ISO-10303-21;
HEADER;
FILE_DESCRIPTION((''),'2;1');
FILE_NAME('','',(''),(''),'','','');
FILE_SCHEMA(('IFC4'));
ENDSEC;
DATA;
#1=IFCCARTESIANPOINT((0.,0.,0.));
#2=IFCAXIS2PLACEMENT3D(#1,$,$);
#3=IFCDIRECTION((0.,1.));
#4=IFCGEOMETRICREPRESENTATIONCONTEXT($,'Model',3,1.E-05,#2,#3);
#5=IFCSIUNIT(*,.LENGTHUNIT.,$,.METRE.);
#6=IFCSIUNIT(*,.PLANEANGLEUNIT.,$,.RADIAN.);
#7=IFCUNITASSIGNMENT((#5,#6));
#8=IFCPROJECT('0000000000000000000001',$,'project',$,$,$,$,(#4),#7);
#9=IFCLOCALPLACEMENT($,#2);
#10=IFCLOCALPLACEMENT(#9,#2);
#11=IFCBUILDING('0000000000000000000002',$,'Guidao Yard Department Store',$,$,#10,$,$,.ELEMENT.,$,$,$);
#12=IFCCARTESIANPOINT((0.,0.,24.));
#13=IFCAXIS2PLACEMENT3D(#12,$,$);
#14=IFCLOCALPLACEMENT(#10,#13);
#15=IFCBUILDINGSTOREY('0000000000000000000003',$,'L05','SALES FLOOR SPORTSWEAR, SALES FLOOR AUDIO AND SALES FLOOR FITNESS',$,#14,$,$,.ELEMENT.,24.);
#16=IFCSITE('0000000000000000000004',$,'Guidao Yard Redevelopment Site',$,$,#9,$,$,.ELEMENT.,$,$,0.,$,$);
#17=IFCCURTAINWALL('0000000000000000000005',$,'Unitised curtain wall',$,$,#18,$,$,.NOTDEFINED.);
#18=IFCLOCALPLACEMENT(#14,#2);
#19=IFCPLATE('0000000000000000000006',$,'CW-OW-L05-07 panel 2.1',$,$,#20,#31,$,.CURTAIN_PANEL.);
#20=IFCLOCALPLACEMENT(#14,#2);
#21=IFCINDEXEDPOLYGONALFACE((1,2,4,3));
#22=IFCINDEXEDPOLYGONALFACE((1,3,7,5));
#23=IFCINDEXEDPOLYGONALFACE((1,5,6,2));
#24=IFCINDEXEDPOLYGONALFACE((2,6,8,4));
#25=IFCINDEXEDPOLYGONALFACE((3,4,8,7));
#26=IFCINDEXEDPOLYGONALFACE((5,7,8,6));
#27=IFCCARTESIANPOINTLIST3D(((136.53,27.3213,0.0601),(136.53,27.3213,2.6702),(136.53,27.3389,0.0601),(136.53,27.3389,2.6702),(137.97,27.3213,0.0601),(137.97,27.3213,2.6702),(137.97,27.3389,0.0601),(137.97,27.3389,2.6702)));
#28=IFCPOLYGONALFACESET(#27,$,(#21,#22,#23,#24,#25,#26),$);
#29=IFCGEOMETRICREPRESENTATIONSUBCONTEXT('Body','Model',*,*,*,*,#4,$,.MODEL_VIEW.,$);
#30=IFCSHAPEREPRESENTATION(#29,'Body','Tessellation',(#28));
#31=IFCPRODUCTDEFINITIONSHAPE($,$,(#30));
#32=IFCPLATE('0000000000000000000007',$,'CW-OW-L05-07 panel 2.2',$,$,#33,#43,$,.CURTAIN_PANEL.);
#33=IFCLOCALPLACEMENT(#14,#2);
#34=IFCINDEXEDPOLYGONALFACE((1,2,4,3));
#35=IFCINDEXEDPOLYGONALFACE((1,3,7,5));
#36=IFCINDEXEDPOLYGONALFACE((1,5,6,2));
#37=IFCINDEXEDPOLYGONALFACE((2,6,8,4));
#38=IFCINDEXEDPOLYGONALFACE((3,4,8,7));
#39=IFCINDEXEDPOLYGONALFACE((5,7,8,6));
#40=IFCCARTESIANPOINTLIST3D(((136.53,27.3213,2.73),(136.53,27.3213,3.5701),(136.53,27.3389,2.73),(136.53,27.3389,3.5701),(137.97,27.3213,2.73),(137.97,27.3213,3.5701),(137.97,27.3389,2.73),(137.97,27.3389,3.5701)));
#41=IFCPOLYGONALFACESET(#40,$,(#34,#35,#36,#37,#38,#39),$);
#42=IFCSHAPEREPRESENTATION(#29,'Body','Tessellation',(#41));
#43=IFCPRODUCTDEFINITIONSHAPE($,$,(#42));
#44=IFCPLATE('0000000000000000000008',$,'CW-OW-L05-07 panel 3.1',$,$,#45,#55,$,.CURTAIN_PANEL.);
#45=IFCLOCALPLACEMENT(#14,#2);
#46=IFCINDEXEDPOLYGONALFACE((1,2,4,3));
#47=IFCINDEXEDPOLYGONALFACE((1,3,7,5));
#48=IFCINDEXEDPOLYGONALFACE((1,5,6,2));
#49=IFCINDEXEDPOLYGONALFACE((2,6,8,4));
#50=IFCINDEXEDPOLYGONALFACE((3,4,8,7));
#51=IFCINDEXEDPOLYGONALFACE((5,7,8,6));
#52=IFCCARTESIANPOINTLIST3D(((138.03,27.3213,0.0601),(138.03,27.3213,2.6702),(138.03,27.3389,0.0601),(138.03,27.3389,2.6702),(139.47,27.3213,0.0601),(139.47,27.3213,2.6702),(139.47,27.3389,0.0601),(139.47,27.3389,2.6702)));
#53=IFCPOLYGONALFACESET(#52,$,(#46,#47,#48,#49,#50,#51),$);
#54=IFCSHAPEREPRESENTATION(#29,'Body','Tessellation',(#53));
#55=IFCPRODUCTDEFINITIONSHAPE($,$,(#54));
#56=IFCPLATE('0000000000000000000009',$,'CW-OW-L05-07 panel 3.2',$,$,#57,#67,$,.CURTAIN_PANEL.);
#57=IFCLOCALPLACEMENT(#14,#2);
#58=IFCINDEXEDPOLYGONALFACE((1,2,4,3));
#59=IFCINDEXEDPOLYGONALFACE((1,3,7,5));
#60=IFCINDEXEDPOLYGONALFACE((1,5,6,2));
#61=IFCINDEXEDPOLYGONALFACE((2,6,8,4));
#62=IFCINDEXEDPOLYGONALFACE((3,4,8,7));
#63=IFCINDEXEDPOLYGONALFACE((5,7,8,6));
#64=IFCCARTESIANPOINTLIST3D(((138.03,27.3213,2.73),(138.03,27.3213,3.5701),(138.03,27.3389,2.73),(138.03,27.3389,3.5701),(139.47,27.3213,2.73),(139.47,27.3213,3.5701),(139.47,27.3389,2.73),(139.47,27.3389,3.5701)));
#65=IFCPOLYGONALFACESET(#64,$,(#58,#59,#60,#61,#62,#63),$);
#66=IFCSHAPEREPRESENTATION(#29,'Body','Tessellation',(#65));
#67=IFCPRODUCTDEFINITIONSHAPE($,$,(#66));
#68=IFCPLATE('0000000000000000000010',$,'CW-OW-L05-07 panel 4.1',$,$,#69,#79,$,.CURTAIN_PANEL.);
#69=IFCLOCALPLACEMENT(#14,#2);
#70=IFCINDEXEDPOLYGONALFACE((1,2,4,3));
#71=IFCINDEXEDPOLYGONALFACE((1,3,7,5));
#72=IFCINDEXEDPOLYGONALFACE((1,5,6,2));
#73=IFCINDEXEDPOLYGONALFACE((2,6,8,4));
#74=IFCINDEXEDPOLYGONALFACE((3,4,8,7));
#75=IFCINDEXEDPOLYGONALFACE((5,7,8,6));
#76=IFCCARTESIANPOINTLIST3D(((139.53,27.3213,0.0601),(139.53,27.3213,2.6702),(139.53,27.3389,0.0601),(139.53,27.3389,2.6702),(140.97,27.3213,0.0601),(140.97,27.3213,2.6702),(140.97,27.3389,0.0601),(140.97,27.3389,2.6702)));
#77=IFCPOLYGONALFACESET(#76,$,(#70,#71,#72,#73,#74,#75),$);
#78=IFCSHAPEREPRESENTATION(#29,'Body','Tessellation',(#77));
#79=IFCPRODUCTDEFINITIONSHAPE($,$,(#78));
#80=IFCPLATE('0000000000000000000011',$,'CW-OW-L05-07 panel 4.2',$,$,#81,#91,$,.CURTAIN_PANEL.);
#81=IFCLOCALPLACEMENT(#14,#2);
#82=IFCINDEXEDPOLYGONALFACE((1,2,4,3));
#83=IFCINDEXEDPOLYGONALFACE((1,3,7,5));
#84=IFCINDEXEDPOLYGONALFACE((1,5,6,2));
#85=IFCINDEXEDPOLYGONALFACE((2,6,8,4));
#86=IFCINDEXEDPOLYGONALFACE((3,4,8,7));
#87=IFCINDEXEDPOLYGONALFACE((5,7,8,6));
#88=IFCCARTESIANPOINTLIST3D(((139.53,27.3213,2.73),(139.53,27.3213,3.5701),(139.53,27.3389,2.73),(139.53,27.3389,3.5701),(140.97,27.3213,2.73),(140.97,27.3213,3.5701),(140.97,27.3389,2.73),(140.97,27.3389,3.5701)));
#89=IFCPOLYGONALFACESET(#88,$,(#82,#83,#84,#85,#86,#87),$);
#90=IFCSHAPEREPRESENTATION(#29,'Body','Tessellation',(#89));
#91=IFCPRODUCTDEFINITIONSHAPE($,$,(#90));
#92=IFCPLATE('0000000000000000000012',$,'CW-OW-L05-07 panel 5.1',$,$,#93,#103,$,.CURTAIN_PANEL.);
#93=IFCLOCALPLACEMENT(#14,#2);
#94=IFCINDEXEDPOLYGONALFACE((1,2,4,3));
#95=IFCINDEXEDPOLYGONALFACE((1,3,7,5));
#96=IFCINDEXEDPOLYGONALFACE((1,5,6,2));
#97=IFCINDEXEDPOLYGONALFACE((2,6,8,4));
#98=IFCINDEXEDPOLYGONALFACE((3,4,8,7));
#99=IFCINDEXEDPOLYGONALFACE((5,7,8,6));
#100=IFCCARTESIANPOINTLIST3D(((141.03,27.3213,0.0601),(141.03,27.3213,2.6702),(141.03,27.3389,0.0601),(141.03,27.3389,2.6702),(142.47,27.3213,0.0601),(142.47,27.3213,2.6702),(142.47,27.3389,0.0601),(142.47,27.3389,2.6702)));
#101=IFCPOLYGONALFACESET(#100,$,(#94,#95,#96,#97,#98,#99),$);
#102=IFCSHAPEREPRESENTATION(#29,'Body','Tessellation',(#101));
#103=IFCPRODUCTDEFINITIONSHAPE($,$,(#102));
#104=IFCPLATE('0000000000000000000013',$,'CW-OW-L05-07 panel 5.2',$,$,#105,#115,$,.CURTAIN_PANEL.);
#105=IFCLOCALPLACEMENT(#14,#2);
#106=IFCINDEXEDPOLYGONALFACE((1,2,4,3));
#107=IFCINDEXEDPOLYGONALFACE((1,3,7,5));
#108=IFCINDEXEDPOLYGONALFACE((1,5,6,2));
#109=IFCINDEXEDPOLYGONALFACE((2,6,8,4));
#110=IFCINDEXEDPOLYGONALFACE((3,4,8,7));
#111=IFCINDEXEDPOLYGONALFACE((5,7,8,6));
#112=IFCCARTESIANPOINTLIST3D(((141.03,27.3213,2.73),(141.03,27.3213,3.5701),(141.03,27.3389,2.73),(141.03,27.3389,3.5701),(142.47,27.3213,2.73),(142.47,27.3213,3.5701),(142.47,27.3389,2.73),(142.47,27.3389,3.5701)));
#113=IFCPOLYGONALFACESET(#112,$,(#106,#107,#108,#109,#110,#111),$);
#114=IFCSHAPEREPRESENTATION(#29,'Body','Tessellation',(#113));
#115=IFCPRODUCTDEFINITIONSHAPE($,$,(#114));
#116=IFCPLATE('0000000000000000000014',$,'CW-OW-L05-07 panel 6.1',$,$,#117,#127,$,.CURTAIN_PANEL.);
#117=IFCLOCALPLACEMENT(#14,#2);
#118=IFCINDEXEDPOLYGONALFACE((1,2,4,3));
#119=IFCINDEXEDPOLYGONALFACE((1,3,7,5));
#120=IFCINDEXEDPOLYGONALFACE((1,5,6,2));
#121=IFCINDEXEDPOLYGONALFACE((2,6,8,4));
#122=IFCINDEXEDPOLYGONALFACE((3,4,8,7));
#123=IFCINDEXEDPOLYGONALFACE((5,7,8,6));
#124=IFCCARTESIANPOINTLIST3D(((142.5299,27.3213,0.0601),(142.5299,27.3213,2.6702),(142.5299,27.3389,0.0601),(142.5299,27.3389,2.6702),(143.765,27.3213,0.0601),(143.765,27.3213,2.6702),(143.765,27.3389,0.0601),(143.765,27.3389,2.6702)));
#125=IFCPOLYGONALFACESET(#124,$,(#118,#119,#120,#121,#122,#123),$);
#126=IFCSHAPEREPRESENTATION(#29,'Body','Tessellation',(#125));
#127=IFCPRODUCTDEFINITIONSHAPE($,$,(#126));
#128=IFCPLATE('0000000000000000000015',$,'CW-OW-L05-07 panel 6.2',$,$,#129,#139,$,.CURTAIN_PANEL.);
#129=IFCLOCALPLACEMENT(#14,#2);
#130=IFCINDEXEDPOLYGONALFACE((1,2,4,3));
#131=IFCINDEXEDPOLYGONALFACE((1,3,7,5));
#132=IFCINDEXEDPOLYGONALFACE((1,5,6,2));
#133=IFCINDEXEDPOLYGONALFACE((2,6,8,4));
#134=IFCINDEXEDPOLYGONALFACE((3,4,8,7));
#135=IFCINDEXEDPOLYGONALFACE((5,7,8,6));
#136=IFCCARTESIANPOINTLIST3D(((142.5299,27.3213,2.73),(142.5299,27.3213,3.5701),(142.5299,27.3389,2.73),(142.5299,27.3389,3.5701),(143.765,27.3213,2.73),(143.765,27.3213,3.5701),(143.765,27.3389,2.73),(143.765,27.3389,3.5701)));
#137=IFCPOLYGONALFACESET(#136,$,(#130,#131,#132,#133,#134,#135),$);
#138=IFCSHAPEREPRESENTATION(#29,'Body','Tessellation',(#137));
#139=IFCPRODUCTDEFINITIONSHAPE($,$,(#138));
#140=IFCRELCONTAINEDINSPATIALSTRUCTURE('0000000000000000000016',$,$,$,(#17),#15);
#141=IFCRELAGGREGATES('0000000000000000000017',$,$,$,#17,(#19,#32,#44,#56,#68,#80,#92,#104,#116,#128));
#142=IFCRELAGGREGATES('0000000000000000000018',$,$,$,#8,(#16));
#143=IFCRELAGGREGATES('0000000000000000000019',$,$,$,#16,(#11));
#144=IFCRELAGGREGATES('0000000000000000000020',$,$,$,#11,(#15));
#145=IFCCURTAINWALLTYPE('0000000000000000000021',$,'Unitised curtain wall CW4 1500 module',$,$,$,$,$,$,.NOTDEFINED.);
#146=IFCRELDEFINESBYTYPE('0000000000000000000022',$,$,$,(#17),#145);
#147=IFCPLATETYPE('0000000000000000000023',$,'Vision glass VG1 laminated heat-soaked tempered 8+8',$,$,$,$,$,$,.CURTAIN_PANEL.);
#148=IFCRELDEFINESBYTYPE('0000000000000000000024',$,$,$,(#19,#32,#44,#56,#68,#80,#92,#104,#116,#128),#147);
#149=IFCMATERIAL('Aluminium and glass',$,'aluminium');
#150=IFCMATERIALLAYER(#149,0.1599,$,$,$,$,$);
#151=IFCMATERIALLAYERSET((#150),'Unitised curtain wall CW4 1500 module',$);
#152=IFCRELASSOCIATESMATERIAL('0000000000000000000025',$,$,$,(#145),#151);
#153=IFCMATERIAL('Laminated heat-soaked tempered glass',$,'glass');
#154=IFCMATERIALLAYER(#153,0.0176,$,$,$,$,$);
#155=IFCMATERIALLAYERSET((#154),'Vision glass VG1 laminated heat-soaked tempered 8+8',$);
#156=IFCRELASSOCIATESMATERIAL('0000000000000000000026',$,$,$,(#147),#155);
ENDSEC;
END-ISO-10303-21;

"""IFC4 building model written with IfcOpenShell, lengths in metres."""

from ifc_helpers import new_model, si_unit, direction, frame, origin, origin_2d, place, context, subcontext, project, spatial, rectangle, extrude, material, layer, layer_set, type_object, element, aggregate, save


model = new_model("IFC4")

# Units and contexts
model_context = context("Model", 3, precision=1e-05, world=origin(), true_north=direction((0.0, 1.0)))
body_context = subcontext(model_context, "Body", "Model", "MODEL_VIEW")
ifc_project = project(units=[si_unit("LENGTHUNIT", "METRE"), si_unit("PLANEANGLEUNIT", "RADIAN")], contexts=[model_context])

# Site, building, storey
site_placement = place(None, origin())
site = spatial("IfcSite", under=ifc_project, at=site_placement, Name="Guidao Yard Redevelopment Site", CompositionType="ELEMENT", RefElevation=0.0)
building_placement = place(site_placement, origin())
building = spatial("IfcBuilding", under=site, at=building_placement, Name="Guidao Yard Department Store", CompositionType="ELEMENT")
storey_placement = place(building_placement, frame((0.0, 0.0, 24.0)))
storey = spatial("IfcBuildingStorey", under=building, at=storey_placement, Name="L05", Description="SALES FLOOR SPORTSWEAR, SALES FLOOR AUDIO AND SALES FLOOR FITNESS", CompositionType="ELEMENT", Elevation=24.0)

# Curtain wall, plates
ifc_material_1 = material(Name="Aluminium and glass", Category="aluminium")
ifc_layer_1 = layer(ifc_material_1, 0.1599)
ifc_layer_set_1 = layer_set([ifc_layer_1], Name="Unitised curtain wall CW4 1500 module")
curtain_wall_type = type_object("IfcCurtainWallType", Name="Unitised curtain wall CW4 1500 module", PredefinedType="NOTDEFINED", material=ifc_layer_set_1)
curtain_wall_placement = place(storey_placement, origin())
curtain_wall = element("IfcCurtainWall", 1, at=curtain_wall_placement, inside=storey, type_object=curtain_wall_type, Name="Unitised curtain wall", PredefinedType="NOTDEFINED")
ifc_material_2 = material(Name="Laminated heat-soaked tempered glass", Category="glass")
ifc_layer_2 = layer(ifc_material_2, 0.0176)
ifc_layer_set_2 = layer_set([ifc_layer_2], Name="Vision glass VG1 laminated heat-soaked tempered 8+8")
plate_type_1 = type_object("IfcPlateType", Name="Vision glass VG1 laminated heat-soaked tempered 8+8", PredefinedType="CURTAIN_PANEL", material=ifc_layer_set_2)
plate_1_placement = place(storey_placement, frame((137.25, 27.3301, 0.0601), z_axis=(0.0, 0.0, 1.0), x_axis=(1.0, 0.0, 0.0)))
plate_1 = element("IfcPlate", 2, at=plate_1_placement, type_object=plate_type_1, Name="CW-OW-L05-07 panel 2.1", PredefinedType="CURTAIN_PANEL", context=body_context, shape_type="SweptSolid", body=[
    extrude(rectangle(XDim=1.4399, YDim=0.0176, at=origin_2d()), origin(), (0.0, 0.0, 1.0), 2.6101),
])
plate_2_placement = place(storey_placement, frame((137.25, 27.3301, 2.73), z_axis=(0.0, 0.0, 1.0), x_axis=(1.0, 0.0, 0.0)))
plate_2 = element("IfcPlate", 3, at=plate_2_placement, type_object=plate_type_1, Name="CW-OW-L05-07 panel 2.2", PredefinedType="CURTAIN_PANEL", context=body_context, shape_type="SweptSolid", body=[
    extrude(rectangle(XDim=1.4399, YDim=0.0176, at=origin_2d()), origin(), (0.0, 0.0, 1.0), 0.8401),
])
plate_3_placement = place(storey_placement, frame((138.75, 27.3301, 0.0601), z_axis=(0.0, 0.0, 1.0), x_axis=(1.0, 0.0, 0.0)))
plate_3 = element("IfcPlate", 4, at=plate_3_placement, type_object=plate_type_1, Name="CW-OW-L05-07 panel 3.1", PredefinedType="CURTAIN_PANEL", context=body_context, shape_type="SweptSolid", body=[
    extrude(rectangle(XDim=1.4399, YDim=0.0176, at=origin_2d()), origin(), (0.0, 0.0, 1.0), 2.6101),
])
plate_4_placement = place(storey_placement, frame((138.75, 27.3301, 2.73), z_axis=(0.0, 0.0, 1.0), x_axis=(1.0, 0.0, 0.0)))
plate_4 = element("IfcPlate", 5, at=plate_4_placement, type_object=plate_type_1, Name="CW-OW-L05-07 panel 3.2", PredefinedType="CURTAIN_PANEL", context=body_context, shape_type="SweptSolid", body=[
    extrude(rectangle(XDim=1.4399, YDim=0.0176, at=origin_2d()), origin(), (0.0, 0.0, 1.0), 0.8401),
])
plate_5_placement = place(storey_placement, frame((140.25, 27.3301, 0.0601), z_axis=(0.0, 0.0, 1.0), x_axis=(1.0, 0.0, 0.0)))
plate_5 = element("IfcPlate", 6, at=plate_5_placement, type_object=plate_type_1, Name="CW-OW-L05-07 panel 4.1", PredefinedType="CURTAIN_PANEL", context=body_context, shape_type="SweptSolid", body=[
    extrude(rectangle(XDim=1.4399, YDim=0.0176, at=origin_2d()), origin(), (0.0, 0.0, 1.0), 2.6101),
])
plate_6_placement = place(storey_placement, frame((140.25, 27.3301, 2.73), z_axis=(0.0, 0.0, 1.0), x_axis=(1.0, 0.0, 0.0)))
plate_6 = element("IfcPlate", 7, at=plate_6_placement, type_object=plate_type_1, Name="CW-OW-L05-07 panel 4.2", PredefinedType="CURTAIN_PANEL", context=body_context, shape_type="SweptSolid", body=[
    extrude(rectangle(XDim=1.4399, YDim=0.0176, at=origin_2d()), origin(), (0.0, 0.0, 1.0), 0.8401),
])
plate_7_placement = place(storey_placement, frame((141.75, 27.3301, 0.0601), z_axis=(0.0, 0.0, 1.0), x_axis=(1.0, 0.0, 0.0)))
plate_7 = element("IfcPlate", 8, at=plate_7_placement, type_object=plate_type_1, Name="CW-OW-L05-07 panel 5.1", PredefinedType="CURTAIN_PANEL", context=body_context, shape_type="SweptSolid", body=[
    extrude(rectangle(XDim=1.4399, YDim=0.0176, at=origin_2d()), origin(), (0.0, 0.0, 1.0), 2.6101),
])
plate_8_placement = place(storey_placement, frame((141.75, 27.3301, 2.73), z_axis=(0.0, 0.0, 1.0), x_axis=(1.0, 0.0, 0.0)))
plate_8 = element("IfcPlate", 9, at=plate_8_placement, type_object=plate_type_1, Name="CW-OW-L05-07 panel 5.2", PredefinedType="CURTAIN_PANEL", context=body_context, shape_type="SweptSolid", body=[
    extrude(rectangle(XDim=1.4399, YDim=0.0176, at=origin_2d()), origin(), (0.0, 0.0, 1.0), 0.8401),
])
plate_9_placement = place(storey_placement, frame((143.1475, 27.3301, 0.0601), z_axis=(0.0, 0.0, 1.0), x_axis=(1.0, 0.0, 0.0)))
plate_9 = element("IfcPlate", 10, at=plate_9_placement, type_object=plate_type_1, Name="CW-OW-L05-07 panel 6.1", PredefinedType="CURTAIN_PANEL", context=body_context, shape_type="SweptSolid", body=[
    extrude(rectangle(XDim=1.2351, YDim=0.0176, at=origin_2d()), origin(), (0.0, 0.0, 1.0), 2.6101),
])
plate_10_placement = place(storey_placement, frame((143.1475, 27.3301, 2.73), z_axis=(0.0, 0.0, 1.0), x_axis=(1.0, 0.0, 0.0)))
plate_10 = element("IfcPlate", 11, at=plate_10_placement, type_object=plate_type_1, Name="CW-OW-L05-07 panel 6.2", PredefinedType="CURTAIN_PANEL", context=body_context, shape_type="SweptSolid", body=[
    extrude(rectangle(XDim=1.2351, YDim=0.0176, at=origin_2d()), origin(), (0.0, 0.0, 1.0), 0.8401),
])
aggregate(curtain_wall, [plate_1, plate_2, plate_3, plate_4, plate_5, plate_6, plate_7, plate_8, plate_9, plate_10])

save(model, "model.ifc")
